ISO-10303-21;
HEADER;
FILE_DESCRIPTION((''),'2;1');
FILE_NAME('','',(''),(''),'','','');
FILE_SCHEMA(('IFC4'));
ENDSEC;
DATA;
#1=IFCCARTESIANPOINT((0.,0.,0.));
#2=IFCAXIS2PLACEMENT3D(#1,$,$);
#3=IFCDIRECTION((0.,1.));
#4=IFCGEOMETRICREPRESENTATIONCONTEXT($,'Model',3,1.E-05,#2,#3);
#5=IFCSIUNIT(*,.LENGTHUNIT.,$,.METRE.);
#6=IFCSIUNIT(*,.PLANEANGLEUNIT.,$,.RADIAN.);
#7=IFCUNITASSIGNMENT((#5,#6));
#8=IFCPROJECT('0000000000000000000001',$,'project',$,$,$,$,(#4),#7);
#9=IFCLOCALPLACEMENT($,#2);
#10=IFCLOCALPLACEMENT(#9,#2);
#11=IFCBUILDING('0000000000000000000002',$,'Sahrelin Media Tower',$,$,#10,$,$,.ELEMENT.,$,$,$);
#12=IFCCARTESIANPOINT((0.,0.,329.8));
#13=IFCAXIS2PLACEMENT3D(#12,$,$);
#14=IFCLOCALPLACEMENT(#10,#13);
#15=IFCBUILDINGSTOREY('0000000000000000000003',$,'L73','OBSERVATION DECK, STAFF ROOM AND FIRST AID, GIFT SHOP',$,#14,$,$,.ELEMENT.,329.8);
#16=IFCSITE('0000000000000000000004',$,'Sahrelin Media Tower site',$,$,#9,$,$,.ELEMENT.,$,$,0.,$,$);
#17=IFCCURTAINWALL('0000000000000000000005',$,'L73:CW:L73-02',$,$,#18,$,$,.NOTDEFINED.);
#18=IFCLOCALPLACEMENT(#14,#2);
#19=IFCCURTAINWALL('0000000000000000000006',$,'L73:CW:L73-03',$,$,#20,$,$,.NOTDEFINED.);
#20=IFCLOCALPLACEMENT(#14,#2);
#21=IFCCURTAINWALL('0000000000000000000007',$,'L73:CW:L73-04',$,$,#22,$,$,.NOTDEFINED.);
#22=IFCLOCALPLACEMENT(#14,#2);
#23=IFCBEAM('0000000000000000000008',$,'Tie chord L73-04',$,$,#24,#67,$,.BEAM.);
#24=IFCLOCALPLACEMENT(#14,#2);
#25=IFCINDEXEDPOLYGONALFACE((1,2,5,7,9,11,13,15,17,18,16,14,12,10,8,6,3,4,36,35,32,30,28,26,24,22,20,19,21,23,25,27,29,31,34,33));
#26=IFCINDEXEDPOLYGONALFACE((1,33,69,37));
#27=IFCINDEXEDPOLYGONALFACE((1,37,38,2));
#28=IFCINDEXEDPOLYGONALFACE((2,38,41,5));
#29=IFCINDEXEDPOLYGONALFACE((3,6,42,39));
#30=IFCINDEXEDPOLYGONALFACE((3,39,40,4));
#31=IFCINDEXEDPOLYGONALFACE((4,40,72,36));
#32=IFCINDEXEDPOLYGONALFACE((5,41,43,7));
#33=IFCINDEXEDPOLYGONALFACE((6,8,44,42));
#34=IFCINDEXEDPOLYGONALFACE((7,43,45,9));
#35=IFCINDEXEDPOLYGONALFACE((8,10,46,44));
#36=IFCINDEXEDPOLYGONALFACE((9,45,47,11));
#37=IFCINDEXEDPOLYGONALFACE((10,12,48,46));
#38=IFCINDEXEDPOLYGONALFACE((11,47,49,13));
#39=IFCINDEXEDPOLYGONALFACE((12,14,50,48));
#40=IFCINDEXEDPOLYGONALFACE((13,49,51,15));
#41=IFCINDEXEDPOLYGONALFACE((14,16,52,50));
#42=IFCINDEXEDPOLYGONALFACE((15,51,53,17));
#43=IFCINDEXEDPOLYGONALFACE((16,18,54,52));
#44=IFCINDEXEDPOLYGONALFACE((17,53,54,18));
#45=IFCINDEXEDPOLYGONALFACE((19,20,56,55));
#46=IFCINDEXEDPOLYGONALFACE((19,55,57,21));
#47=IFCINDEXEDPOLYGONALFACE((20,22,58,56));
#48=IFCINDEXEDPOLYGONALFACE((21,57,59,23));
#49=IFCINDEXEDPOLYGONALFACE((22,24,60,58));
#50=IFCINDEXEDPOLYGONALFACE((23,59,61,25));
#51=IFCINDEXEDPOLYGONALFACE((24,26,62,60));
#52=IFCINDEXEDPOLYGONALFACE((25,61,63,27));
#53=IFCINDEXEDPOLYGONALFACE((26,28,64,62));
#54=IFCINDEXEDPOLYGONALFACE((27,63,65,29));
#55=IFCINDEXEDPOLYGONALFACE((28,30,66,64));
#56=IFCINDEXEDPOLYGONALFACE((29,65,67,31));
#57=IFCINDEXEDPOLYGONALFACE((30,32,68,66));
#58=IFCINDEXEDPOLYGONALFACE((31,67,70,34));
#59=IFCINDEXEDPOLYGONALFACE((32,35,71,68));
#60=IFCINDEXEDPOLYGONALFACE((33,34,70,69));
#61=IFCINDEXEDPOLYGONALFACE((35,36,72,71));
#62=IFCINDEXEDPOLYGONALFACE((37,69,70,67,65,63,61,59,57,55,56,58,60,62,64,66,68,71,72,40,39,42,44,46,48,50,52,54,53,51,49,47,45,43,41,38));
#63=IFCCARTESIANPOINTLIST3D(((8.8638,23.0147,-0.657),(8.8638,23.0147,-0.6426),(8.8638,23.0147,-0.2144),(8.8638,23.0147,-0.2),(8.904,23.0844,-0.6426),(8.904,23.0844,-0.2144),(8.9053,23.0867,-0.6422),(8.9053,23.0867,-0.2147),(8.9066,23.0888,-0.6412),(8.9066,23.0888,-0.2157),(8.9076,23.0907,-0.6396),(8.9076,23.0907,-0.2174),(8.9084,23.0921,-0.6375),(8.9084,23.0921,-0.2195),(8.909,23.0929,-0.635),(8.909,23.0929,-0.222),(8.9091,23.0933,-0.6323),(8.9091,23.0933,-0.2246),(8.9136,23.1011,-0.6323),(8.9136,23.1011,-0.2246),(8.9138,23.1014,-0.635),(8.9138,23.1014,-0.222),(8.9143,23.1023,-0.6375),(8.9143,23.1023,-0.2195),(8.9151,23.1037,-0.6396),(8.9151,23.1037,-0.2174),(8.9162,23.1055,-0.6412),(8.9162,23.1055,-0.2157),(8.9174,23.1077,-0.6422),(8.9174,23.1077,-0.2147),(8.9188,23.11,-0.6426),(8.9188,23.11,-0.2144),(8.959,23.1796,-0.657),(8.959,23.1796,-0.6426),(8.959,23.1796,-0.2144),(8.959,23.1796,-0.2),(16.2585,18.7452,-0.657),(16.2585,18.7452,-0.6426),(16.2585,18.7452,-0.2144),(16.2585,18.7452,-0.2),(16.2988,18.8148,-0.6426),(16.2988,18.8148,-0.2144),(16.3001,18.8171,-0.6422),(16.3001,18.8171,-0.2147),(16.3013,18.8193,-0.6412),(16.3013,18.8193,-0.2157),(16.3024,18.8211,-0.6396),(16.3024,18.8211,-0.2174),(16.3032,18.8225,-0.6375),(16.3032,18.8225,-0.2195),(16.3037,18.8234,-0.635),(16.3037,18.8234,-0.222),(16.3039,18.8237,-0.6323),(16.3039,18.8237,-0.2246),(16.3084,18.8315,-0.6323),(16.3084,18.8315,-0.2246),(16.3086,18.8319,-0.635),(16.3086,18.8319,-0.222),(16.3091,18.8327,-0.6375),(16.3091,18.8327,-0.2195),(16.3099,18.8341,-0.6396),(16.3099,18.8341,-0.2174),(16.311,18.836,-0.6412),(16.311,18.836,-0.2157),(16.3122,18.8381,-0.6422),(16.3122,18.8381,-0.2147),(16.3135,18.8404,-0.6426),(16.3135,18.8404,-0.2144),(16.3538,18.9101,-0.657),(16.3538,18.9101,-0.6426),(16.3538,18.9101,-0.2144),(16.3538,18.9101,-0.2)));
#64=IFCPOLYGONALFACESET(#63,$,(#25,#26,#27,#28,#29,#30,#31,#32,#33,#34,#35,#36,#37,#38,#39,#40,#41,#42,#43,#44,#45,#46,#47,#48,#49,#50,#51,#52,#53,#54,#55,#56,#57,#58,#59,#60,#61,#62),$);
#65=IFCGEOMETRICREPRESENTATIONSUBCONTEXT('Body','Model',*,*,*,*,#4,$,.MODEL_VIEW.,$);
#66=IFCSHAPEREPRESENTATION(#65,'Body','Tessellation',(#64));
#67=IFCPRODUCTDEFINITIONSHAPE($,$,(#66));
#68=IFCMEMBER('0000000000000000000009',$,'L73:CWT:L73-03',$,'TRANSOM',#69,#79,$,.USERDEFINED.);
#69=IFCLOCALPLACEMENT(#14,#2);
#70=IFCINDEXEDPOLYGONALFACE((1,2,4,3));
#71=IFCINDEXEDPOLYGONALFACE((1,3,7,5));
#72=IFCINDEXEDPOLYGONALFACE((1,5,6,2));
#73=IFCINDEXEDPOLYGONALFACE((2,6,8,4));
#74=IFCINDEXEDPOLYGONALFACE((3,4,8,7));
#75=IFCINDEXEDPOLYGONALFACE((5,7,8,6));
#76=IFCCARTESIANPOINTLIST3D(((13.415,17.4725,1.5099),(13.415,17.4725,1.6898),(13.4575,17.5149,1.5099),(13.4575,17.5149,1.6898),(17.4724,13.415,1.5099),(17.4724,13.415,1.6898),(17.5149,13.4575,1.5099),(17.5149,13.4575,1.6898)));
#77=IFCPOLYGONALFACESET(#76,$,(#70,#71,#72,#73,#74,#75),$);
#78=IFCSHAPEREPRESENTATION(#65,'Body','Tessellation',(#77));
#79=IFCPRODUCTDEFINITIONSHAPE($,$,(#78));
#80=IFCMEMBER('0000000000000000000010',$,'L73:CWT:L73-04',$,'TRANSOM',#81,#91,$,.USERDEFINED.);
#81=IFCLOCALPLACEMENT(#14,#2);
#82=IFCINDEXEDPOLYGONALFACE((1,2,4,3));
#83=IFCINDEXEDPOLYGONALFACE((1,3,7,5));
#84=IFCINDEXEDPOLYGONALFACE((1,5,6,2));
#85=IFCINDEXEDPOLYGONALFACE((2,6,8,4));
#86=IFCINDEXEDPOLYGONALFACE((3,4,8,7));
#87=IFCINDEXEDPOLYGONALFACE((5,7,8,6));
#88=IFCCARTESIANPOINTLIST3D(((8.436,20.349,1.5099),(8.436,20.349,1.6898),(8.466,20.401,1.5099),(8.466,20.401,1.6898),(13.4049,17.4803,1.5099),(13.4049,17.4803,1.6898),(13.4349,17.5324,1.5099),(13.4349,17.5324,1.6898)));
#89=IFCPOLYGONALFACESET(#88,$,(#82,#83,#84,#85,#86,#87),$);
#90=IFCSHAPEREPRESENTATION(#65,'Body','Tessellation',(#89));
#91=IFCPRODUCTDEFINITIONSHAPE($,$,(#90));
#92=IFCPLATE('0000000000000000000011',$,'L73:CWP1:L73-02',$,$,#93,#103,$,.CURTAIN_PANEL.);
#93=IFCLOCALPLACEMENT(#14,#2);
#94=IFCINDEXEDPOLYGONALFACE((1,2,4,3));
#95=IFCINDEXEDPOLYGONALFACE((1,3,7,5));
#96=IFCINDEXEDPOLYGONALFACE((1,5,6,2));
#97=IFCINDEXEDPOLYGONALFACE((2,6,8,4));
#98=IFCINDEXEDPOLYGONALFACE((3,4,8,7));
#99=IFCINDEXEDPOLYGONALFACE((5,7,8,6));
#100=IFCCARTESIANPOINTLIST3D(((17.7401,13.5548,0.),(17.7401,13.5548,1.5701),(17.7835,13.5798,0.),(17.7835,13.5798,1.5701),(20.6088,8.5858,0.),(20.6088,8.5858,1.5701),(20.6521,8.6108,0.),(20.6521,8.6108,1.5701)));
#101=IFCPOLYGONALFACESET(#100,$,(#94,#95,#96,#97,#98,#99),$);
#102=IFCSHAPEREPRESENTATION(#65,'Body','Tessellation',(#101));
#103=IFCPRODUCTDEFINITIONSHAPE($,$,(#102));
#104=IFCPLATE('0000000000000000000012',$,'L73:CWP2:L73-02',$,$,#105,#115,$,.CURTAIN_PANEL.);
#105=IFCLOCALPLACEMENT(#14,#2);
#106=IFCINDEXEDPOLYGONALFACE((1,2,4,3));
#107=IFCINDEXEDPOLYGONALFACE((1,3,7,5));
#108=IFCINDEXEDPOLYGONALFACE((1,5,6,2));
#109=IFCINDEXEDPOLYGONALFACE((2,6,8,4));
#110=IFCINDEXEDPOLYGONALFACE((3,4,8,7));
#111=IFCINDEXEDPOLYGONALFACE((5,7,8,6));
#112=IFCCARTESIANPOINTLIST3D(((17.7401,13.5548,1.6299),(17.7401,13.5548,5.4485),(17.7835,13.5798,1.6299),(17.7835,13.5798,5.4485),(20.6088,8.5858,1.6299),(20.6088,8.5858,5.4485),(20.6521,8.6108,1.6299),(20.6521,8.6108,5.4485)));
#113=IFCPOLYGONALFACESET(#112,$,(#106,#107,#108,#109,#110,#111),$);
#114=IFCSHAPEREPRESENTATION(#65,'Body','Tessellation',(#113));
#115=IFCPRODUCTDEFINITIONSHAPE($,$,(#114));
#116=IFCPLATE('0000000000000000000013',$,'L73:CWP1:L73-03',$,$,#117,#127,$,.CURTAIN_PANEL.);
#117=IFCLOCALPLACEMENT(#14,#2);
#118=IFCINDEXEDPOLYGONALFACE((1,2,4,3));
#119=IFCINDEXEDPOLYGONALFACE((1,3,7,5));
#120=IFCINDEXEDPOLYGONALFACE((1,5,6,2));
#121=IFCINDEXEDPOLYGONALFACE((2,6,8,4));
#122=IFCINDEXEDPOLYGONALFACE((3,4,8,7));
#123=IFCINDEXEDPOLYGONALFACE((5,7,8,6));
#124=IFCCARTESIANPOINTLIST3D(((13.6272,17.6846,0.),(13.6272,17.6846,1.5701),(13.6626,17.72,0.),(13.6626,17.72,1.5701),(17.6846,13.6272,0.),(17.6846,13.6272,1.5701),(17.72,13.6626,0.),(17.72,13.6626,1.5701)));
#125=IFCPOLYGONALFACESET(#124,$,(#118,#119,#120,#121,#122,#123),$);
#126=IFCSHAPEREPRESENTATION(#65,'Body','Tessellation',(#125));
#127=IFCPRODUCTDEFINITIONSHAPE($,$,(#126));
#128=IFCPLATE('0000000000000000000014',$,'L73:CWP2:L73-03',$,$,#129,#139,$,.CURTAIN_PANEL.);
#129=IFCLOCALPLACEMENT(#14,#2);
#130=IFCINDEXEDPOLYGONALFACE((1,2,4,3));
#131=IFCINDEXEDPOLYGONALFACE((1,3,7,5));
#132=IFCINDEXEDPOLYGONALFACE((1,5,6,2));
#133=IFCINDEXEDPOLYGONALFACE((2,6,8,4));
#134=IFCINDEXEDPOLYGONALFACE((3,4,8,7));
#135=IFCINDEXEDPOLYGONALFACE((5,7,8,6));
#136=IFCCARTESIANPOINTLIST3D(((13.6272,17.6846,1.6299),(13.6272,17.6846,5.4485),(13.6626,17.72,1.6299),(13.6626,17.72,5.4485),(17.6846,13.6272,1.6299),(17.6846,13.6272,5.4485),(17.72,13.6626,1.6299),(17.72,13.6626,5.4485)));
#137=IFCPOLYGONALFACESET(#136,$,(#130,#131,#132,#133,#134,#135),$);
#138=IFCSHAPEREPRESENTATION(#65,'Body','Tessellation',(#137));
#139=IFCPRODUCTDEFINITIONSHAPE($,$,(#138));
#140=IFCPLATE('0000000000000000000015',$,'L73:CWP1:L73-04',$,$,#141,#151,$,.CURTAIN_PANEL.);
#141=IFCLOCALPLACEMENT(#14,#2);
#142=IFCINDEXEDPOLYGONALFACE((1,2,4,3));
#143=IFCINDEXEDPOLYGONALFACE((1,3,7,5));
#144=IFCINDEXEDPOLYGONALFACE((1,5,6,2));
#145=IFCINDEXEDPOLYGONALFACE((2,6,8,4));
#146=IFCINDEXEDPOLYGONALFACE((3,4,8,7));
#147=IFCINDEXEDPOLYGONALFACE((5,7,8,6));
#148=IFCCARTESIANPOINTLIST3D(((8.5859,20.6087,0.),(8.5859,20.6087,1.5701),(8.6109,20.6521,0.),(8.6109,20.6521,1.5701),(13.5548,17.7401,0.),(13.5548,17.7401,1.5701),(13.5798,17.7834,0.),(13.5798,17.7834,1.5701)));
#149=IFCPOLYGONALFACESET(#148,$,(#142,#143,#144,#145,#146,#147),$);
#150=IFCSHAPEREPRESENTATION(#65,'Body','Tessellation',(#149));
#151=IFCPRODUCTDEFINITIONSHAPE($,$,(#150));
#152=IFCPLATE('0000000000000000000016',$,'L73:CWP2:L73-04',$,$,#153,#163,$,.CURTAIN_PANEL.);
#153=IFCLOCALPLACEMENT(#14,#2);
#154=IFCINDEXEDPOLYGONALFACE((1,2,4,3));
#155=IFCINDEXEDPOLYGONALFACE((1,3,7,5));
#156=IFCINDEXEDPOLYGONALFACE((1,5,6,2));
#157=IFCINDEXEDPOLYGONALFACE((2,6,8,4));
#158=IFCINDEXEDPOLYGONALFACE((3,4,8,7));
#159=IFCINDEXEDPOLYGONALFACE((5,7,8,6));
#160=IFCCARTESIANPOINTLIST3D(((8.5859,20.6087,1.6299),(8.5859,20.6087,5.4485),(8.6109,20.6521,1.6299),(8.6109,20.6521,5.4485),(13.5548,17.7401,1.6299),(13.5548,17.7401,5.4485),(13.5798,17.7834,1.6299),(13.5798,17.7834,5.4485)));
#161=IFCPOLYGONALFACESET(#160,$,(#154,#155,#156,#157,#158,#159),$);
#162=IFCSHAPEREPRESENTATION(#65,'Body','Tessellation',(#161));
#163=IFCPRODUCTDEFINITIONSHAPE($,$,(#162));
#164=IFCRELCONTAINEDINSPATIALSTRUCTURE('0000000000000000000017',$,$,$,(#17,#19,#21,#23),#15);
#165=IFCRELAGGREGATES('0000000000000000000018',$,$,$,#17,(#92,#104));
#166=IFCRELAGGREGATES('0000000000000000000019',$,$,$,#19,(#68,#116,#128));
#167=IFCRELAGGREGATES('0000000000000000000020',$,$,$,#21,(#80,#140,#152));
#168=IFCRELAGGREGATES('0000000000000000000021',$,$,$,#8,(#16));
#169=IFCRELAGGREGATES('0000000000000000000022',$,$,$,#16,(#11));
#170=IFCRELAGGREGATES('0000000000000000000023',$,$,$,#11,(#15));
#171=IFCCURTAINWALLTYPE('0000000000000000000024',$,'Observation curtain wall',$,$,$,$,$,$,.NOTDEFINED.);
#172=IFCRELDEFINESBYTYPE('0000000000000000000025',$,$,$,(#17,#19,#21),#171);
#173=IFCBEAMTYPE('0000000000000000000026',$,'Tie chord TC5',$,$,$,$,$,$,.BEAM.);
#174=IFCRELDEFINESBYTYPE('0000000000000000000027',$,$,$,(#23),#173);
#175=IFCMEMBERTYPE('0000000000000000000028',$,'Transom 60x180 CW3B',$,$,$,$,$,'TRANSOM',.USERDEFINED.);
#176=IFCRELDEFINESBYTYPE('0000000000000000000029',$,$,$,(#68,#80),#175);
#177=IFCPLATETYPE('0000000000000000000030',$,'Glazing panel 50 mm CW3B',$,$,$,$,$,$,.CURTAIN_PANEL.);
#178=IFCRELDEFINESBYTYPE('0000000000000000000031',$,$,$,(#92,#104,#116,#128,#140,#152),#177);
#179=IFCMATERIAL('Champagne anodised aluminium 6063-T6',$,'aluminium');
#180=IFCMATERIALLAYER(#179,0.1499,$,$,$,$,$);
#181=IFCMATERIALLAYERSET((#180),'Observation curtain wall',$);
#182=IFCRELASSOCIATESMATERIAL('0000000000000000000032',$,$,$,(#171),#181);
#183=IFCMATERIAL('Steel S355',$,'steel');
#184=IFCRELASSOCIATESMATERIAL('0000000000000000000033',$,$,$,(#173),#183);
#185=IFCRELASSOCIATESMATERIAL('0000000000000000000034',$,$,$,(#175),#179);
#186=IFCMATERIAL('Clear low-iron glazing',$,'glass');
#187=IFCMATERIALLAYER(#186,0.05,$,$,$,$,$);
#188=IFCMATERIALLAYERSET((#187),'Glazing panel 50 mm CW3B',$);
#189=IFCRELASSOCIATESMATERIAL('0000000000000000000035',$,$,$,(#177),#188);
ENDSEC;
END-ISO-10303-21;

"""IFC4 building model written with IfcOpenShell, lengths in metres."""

from ifc_helpers import new_model, si_unit, direction, frame, origin, origin_2d, place, context, subcontext, project, spatial, polyline, rectangle, i_section, outline, extrude, material, layer, layer_set, material_profile, profile_set, type_object, element, aggregate, save


model = new_model("IFC4")

# Units and contexts
model_context = context("Model", 3, precision=1e-05, world=origin(), true_north=direction((0.0, 1.0)))
body_context = subcontext(model_context, "Body", "Model", "MODEL_VIEW")
ifc_project = project(units=[si_unit("LENGTHUNIT", "METRE"), si_unit("PLANEANGLEUNIT", "RADIAN")], contexts=[model_context])

# Site, building, storey
site_placement = place(None, origin())
site = spatial("IfcSite", under=ifc_project, at=site_placement, Name="Sahrelin Media Tower site", CompositionType="ELEMENT", RefElevation=0.0)
building_placement = place(site_placement, origin())
building = spatial("IfcBuilding", under=site, at=building_placement, Name="Sahrelin Media Tower", CompositionType="ELEMENT")
storey_placement = place(building_placement, frame((0.0, 0.0, 329.8)))
storey = spatial("IfcBuildingStorey", under=building, at=storey_placement, Name="L73", Description="OBSERVATION DECK, STAFF ROOM AND FIRST AID, GIFT SHOP", CompositionType="ELEMENT", Elevation=329.8)

# Shared definitions
ifc_material_1 = material(Name="Steel S355", Category="steel")

# Curtain walls
ifc_material_2 = material(Name="Champagne anodised aluminium 6063-T6", Category="aluminium")
ifc_layer_1 = layer(ifc_material_2, 0.1499)
ifc_layer_set_1 = layer_set([ifc_layer_1], Name="Observation curtain wall")
curtain_wall_type = type_object("IfcCurtainWallType", Name="Observation curtain wall", PredefinedType="NOTDEFINED", material=ifc_layer_set_1)
curtain_wall_1_placement = place(storey_placement, frame((19.2004, 11.0854, 0.0), z_axis=(0.0, 0.0, 1.0), x_axis=(1.0, 0.0, 0.0)))
curtain_wall_1 = element("IfcCurtainWall", 1, at=curtain_wall_1_placement, inside=storey, type_object=curtain_wall_type, Name="L73:CW:L73-02", PredefinedType="NOTDEFINED")
curtain_wall_2_placement = place(storey_placement, frame((15.6772, 15.6772, 0.0), z_axis=(0.0, 0.0, 1.0), x_axis=(1.0, 0.0, 0.0)))
curtain_wall_2 = element("IfcCurtainWall", 2, at=curtain_wall_2_placement, inside=storey, type_object=curtain_wall_type, Name="L73:CW:L73-03", PredefinedType="NOTDEFINED")
curtain_wall_3_placement = place(storey_placement, frame((11.0854, 19.2004, 0.0), z_axis=(0.0, 0.0, 1.0), x_axis=(1.0, 0.0, 0.0)))
curtain_wall_3 = element("IfcCurtainWall", 3, at=curtain_wall_3_placement, inside=storey, type_object=curtain_wall_type, Name="L73:CW:L73-04", PredefinedType="NOTDEFINED")

# Beam
ifc_material_profile_1 = material_profile(ifc_material_1, i_section(OverallWidth=0.1904, OverallDepth=0.457, WebThickness=0.009, FlangeThickness=0.0144, FilletRadius=0.0103, at=origin_2d()), Name="UB 457x191x74")
ifc_profile_set_1 = profile_set([ifc_material_profile_1], Name="Steel S355")
beam_type_1 = type_object("IfcBeamType", Name="Tie chord TC5", PredefinedType="BEAM", material=ifc_profile_set_1)
beam_1_placement = place(storey_placement, frame((16.3062, 18.8276, -0.4285), z_axis=(-0.866018, 0.500014, 0.0), x_axis=(-0.500014, -0.866018, 0.0)))
element("IfcBeam", 4, at=beam_1_placement, inside=storey, type_object=beam_type_1, Name="Tie chord L73-04", PredefinedType="BEAM", context=body_context, shape_type="SweptSolid", body=[
    extrude(i_section(OverallWidth=0.1904, OverallDepth=0.457, WebThickness=0.009, FlangeThickness=0.0144, FilletRadius=0.0103, at=origin_2d()), origin(), (0.0, 0.0, 1.0), 8.5388),
])

# Members
ifc_material_profile_2 = material_profile(ifc_material_2, rectangle(XDim=0.0601, YDim=0.1799, at=origin_2d()), Name="Transom 60x180")
ifc_profile_set_2 = profile_set([ifc_material_profile_2], Name="Champagne anodised aluminium 6063-T6")
member_type_1 = type_object("IfcMemberType", Name="Transom 60x180 CW3B", ElementType="TRANSOM", PredefinedType="USERDEFINED", material=ifc_profile_set_2)
member_1_placement = place(storey_placement, frame((17.4937, 13.4363, 1.5999), z_axis=(-0.707107, 0.707107, 0.0), x_axis=(-0.707107, -0.707107, 0.0)))
member_1 = element("IfcMember", 5, at=member_1_placement, type_object=member_type_1, Name="L73:CWT:L73-03", ObjectType="TRANSOM", PredefinedType="USERDEFINED", context=body_context, shape_type="SweptSolid", body=[
    extrude(rectangle(XDim=0.0601, YDim=0.1799, at=origin_2d()), origin(), (0.0, 0.0, 1.0), 5.738),
])
member_2_placement = place(storey_placement, frame((13.4199, 17.5063, 1.5999), z_axis=(-0.86604, 0.499974, 0.0), x_axis=(-0.499974, -0.86604, 0.0)))
member_2 = element("IfcMember", 6, at=member_2_placement, type_object=member_type_1, Name="L73:CWT:L73-04", ObjectType="TRANSOM", PredefinedType="USERDEFINED", context=body_context, shape_type="SweptSolid", body=[
    extrude(rectangle(XDim=0.0601, YDim=0.1799, at=origin_2d()), origin(), (0.0, 0.0, 1.0), 5.7375),
])

# Plates
ifc_material_3 = material(Name="Clear low-iron glazing", Category="glass")
ifc_layer_2 = layer(ifc_material_3, 0.05)
ifc_layer_set_2 = layer_set([ifc_layer_2], Name="Glazing panel 50 mm CW3B")
plate_type = type_object("IfcPlateType", Name="Glazing panel 50 mm CW3B", PredefinedType="CURTAIN_PANEL", material=ifc_layer_set_2)
plate_1_placement = place(storey_placement, frame((20.6521, 8.6108, 0.0), z_axis=(0.86604, 0.499974, 0.0), x_axis=(-0.499974, 0.86604, 0.0)))
plate_1 = element("IfcPlate", 7, at=plate_1_placement, type_object=plate_type, Name="L73:CWP1:L73-02", PredefinedType="CURTAIN_PANEL", context=body_context, shape_type="SweptSolid", body=[
    extrude(outline(polyline([(0.0, 0.0), (5.7375, 0.0), (5.7375, 1.5701), (0.0, 1.5701), (0.0, 0.0)])), origin(), (0.0, 0.0, -1.0), 0.05),
])
plate_2_placement = place(storey_placement, frame((20.6521, 8.6108, 1.6299), z_axis=(0.86604, 0.499974, 0.0), x_axis=(-0.499974, 0.86604, 0.0)))
plate_2 = element("IfcPlate", 8, at=plate_2_placement, type_object=plate_type, Name="L73:CWP2:L73-02", PredefinedType="CURTAIN_PANEL", context=body_context, shape_type="SweptSolid", body=[
    extrude(outline(polyline([(0.0, 0.0), (5.7375, 0.0), (5.7375, 3.8186), (0.0, 3.8186), (0.0, 0.0)])), origin(), (0.0, 0.0, -1.0), 0.05),
])
aggregate(curtain_wall_1, [plate_1, plate_2])
plate_3_placement = place(storey_placement, frame((17.72, 13.6626, 0.0), z_axis=(0.707107, 0.707107, 0.0), x_axis=(-0.707107, 0.707107, 0.0)))
plate_3 = element("IfcPlate", 9, at=plate_3_placement, type_object=plate_type, Name="L73:CWP1:L73-03", PredefinedType="CURTAIN_PANEL", context=body_context, shape_type="SweptSolid", body=[
    extrude(outline(polyline([(0.0, 0.0), (5.738, 0.0), (5.738, 1.5701), (0.0, 1.5701), (0.0, 0.0)])), origin(), (0.0, 0.0, -1.0), 0.05),
])
plate_4_placement = place(storey_placement, frame((17.72, 13.6626, 1.6299), z_axis=(0.707107, 0.707107, 0.0), x_axis=(-0.707107, 0.707107, 0.0)))
plate_4 = element("IfcPlate", 10, at=plate_4_placement, type_object=plate_type, Name="L73:CWP2:L73-03", PredefinedType="CURTAIN_PANEL", context=body_context, shape_type="SweptSolid", body=[
    extrude(outline(polyline([(0.0, 0.0), (5.738, 0.0), (5.738, 3.8186), (0.0, 3.8186), (0.0, 0.0)])), origin(), (0.0, 0.0, -1.0), 0.05),
])
aggregate(curtain_wall_2, [member_1, plate_3, plate_4])
plate_5_placement = place(storey_placement, frame((13.5798, 17.7834, 0.0), z_axis=(0.499974, 0.86604, 0.0), x_axis=(-0.86604, 0.499974, 0.0)))
plate_5 = element("IfcPlate", 11, at=plate_5_placement, type_object=plate_type, Name="L73:CWP1:L73-04", PredefinedType="CURTAIN_PANEL", context=body_context, shape_type="SweptSolid", body=[
    extrude(outline(polyline([(0.0, 0.0), (5.7375, 0.0), (5.7375, 1.5701), (0.0, 1.5701), (0.0, 0.0)])), origin(), (0.0, 0.0, -1.0), 0.05),
])
plate_6_placement = place(storey_placement, frame((13.5798, 17.7834, 1.6299), z_axis=(0.499974, 0.86604, 0.0), x_axis=(-0.86604, 0.499974, 0.0)))
plate_6 = element("IfcPlate", 12, at=plate_6_placement, type_object=plate_type, Name="L73:CWP2:L73-04", PredefinedType="CURTAIN_PANEL", context=body_context, shape_type="SweptSolid", body=[
    extrude(outline(polyline([(0.0, 0.0), (5.7375, 0.0), (5.7375, 3.8186), (0.0, 3.8186), (0.0, 0.0)])), origin(), (0.0, 0.0, -1.0), 0.05),
])
aggregate(curtain_wall_3, [member_2, plate_5, plate_6])

save(model, "model.ifc")
